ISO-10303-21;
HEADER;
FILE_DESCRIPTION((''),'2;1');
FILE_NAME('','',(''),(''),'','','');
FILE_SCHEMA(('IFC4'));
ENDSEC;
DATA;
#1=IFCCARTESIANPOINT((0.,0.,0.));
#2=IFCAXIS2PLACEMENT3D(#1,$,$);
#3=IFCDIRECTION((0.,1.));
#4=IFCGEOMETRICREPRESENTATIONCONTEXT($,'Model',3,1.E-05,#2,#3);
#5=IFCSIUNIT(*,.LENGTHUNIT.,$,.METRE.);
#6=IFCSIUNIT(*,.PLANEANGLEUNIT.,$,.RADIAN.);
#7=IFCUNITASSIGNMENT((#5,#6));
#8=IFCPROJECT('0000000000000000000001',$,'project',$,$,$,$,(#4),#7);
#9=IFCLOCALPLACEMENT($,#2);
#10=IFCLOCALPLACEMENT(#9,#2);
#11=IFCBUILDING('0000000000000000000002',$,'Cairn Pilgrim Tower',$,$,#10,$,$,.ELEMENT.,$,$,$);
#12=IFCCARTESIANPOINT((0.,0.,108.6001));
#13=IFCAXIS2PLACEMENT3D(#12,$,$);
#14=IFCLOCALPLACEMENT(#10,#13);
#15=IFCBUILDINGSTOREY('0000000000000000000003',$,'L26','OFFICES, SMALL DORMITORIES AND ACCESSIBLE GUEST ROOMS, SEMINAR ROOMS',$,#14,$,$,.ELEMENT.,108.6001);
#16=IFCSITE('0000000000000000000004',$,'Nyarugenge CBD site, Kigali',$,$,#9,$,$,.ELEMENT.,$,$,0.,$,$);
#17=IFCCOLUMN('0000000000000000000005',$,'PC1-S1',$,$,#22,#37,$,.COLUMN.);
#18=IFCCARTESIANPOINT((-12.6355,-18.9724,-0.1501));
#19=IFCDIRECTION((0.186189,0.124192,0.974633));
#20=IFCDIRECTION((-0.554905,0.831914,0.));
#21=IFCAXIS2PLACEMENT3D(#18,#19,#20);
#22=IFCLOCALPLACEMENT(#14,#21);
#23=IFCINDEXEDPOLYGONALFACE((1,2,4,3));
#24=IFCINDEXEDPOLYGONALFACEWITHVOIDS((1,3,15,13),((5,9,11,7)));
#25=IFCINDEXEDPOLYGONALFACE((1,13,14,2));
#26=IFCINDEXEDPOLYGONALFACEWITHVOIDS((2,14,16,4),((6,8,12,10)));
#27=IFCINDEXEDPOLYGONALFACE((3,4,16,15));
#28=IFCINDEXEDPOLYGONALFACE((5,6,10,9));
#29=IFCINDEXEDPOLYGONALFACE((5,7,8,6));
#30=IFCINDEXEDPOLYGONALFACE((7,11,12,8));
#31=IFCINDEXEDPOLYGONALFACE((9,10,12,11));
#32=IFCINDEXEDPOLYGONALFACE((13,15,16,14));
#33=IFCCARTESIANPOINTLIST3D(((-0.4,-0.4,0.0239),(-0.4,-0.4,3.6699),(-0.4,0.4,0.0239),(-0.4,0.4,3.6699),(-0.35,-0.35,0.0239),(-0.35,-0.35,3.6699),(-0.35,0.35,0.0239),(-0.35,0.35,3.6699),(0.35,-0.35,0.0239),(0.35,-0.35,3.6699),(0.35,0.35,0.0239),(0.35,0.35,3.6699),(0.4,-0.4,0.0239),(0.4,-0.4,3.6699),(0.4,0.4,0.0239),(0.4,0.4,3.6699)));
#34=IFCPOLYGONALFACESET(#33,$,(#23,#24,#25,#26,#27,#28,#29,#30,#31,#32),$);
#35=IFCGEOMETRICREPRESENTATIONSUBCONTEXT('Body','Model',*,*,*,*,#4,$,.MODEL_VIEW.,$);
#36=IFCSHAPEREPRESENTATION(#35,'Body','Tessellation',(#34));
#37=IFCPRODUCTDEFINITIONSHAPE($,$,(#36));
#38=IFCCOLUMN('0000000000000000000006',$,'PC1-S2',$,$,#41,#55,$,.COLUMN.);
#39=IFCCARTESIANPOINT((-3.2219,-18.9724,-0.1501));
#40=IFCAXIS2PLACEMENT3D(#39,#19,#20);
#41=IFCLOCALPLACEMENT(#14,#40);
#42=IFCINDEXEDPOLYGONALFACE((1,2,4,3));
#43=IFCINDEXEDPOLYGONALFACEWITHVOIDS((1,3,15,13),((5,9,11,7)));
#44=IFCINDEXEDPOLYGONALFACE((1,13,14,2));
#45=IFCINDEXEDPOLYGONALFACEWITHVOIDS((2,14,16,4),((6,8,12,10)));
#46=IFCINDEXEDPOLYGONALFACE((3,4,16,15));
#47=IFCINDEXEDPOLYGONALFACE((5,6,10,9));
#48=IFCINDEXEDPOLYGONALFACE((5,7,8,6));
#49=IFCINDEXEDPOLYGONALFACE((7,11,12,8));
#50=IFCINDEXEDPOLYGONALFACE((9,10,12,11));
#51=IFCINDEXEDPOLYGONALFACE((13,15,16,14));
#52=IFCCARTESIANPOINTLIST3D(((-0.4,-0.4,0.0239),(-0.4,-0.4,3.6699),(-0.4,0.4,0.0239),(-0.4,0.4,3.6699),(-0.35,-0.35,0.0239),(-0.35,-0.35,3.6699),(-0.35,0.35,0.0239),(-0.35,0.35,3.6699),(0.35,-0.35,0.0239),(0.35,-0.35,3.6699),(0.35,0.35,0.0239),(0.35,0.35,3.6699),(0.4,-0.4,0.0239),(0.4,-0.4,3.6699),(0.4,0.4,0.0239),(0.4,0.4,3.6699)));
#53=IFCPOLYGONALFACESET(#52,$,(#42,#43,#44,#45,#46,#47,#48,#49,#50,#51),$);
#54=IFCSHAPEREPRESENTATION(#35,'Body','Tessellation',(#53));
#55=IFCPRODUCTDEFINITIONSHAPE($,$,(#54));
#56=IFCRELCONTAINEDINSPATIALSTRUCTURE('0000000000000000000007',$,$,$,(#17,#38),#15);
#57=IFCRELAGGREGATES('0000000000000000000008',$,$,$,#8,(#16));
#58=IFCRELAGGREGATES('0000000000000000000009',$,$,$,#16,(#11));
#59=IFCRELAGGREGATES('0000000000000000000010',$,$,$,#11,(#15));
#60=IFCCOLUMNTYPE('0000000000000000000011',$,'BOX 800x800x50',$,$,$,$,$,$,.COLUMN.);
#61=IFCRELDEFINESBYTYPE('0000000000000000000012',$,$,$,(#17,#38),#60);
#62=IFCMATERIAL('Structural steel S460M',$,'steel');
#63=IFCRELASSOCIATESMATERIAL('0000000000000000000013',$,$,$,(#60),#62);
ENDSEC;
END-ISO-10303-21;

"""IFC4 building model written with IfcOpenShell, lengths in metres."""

from ifc_helpers import new_model, si_unit, direction, frame, origin, origin_2d, place, context, subcontext, project, spatial, hollow_rectangle, extrude, clip, halfspace, material, material_profile, profile_set, type_object, element, save


model = new_model("IFC4")

# Units and contexts
model_context = context("Model", 3, precision=1e-05, world=origin(), true_north=direction((0.0, 1.0)))
body_context = subcontext(model_context, "Body", "Model", "MODEL_VIEW")
ifc_project = project(units=[si_unit("LENGTHUNIT", "METRE"), si_unit("PLANEANGLEUNIT", "RADIAN")], contexts=[model_context])

# Site, building, storey
site_placement = place(None, origin())
site = spatial("IfcSite", under=ifc_project, at=site_placement, Name="Nyarugenge CBD site, Kigali", CompositionType="ELEMENT", RefElevation=0.0)
building_placement = place(site_placement, origin())
building = spatial("IfcBuilding", under=site, at=building_placement, Name="Cairn Pilgrim Tower", CompositionType="ELEMENT")
storey_placement = place(building_placement, frame((0.0, 0.0, 108.6001)))
storey = spatial("IfcBuildingStorey", under=building, at=storey_placement, Name="L26", Description="OFFICES, SMALL DORMITORIES AND ACCESSIBLE GUEST ROOMS, SEMINAR ROOMS", CompositionType="ELEMENT", Elevation=108.6001)

# Columns
ifc_material_1 = material(Name="Structural steel S460M", Category="steel")
ifc_material_profile_1 = material_profile(ifc_material_1, hollow_rectangle(XDim=0.8, YDim=0.8, WallThickness=0.05, at=origin_2d()), Name="BOX 800x800x50")
ifc_profile_set_1 = profile_set([ifc_material_profile_1], Name="Structural steel S460M")
column_type = type_object("IfcColumnType", Name="BOX 800x800x50", PredefinedType="COLUMN", material=ifc_profile_set_1)
for number, where, z_axis, x_axis, name in (
    (1, (-12.6355, -18.9724, -0.1501), (0.186189, 0.124192, 0.974633), (-0.554905, 0.831914, 0.0), "PC1-S1"),
    (2, (-3.2219, -18.9724, -0.1501), (0.186189, 0.124192, 0.974633), (-0.554905, 0.831914, 0.0), "PC1-S2"),
):
    element("IfcColumn", number, at=place(storey_placement, frame(where, z_axis=z_axis, x_axis=x_axis)), inside=storey, type_object=column_type, Name=name, PredefinedType="COLUMN", context=body_context, shape_type="Clipping", body=[
        clip(clip(extrude(hollow_rectangle(XDim=0.8, YDim=0.8, WallThickness=0.05, at=origin_2d()), origin(), (0.0, 0.0, 1.0), 3.6938), halfspace(frame((0.0, 0.0, 0.0239), z_axis=(0.0, 0.0, 1.0), x_axis=(1.0, 0.0, 0.0)), True)), halfspace(frame((0.0, 0.0, 3.6699), z_axis=(0.0, 0.0, 1.0), x_axis=(1.0, 0.0, 0.0)), False)),
    ])

save(model, "model.ifc")
